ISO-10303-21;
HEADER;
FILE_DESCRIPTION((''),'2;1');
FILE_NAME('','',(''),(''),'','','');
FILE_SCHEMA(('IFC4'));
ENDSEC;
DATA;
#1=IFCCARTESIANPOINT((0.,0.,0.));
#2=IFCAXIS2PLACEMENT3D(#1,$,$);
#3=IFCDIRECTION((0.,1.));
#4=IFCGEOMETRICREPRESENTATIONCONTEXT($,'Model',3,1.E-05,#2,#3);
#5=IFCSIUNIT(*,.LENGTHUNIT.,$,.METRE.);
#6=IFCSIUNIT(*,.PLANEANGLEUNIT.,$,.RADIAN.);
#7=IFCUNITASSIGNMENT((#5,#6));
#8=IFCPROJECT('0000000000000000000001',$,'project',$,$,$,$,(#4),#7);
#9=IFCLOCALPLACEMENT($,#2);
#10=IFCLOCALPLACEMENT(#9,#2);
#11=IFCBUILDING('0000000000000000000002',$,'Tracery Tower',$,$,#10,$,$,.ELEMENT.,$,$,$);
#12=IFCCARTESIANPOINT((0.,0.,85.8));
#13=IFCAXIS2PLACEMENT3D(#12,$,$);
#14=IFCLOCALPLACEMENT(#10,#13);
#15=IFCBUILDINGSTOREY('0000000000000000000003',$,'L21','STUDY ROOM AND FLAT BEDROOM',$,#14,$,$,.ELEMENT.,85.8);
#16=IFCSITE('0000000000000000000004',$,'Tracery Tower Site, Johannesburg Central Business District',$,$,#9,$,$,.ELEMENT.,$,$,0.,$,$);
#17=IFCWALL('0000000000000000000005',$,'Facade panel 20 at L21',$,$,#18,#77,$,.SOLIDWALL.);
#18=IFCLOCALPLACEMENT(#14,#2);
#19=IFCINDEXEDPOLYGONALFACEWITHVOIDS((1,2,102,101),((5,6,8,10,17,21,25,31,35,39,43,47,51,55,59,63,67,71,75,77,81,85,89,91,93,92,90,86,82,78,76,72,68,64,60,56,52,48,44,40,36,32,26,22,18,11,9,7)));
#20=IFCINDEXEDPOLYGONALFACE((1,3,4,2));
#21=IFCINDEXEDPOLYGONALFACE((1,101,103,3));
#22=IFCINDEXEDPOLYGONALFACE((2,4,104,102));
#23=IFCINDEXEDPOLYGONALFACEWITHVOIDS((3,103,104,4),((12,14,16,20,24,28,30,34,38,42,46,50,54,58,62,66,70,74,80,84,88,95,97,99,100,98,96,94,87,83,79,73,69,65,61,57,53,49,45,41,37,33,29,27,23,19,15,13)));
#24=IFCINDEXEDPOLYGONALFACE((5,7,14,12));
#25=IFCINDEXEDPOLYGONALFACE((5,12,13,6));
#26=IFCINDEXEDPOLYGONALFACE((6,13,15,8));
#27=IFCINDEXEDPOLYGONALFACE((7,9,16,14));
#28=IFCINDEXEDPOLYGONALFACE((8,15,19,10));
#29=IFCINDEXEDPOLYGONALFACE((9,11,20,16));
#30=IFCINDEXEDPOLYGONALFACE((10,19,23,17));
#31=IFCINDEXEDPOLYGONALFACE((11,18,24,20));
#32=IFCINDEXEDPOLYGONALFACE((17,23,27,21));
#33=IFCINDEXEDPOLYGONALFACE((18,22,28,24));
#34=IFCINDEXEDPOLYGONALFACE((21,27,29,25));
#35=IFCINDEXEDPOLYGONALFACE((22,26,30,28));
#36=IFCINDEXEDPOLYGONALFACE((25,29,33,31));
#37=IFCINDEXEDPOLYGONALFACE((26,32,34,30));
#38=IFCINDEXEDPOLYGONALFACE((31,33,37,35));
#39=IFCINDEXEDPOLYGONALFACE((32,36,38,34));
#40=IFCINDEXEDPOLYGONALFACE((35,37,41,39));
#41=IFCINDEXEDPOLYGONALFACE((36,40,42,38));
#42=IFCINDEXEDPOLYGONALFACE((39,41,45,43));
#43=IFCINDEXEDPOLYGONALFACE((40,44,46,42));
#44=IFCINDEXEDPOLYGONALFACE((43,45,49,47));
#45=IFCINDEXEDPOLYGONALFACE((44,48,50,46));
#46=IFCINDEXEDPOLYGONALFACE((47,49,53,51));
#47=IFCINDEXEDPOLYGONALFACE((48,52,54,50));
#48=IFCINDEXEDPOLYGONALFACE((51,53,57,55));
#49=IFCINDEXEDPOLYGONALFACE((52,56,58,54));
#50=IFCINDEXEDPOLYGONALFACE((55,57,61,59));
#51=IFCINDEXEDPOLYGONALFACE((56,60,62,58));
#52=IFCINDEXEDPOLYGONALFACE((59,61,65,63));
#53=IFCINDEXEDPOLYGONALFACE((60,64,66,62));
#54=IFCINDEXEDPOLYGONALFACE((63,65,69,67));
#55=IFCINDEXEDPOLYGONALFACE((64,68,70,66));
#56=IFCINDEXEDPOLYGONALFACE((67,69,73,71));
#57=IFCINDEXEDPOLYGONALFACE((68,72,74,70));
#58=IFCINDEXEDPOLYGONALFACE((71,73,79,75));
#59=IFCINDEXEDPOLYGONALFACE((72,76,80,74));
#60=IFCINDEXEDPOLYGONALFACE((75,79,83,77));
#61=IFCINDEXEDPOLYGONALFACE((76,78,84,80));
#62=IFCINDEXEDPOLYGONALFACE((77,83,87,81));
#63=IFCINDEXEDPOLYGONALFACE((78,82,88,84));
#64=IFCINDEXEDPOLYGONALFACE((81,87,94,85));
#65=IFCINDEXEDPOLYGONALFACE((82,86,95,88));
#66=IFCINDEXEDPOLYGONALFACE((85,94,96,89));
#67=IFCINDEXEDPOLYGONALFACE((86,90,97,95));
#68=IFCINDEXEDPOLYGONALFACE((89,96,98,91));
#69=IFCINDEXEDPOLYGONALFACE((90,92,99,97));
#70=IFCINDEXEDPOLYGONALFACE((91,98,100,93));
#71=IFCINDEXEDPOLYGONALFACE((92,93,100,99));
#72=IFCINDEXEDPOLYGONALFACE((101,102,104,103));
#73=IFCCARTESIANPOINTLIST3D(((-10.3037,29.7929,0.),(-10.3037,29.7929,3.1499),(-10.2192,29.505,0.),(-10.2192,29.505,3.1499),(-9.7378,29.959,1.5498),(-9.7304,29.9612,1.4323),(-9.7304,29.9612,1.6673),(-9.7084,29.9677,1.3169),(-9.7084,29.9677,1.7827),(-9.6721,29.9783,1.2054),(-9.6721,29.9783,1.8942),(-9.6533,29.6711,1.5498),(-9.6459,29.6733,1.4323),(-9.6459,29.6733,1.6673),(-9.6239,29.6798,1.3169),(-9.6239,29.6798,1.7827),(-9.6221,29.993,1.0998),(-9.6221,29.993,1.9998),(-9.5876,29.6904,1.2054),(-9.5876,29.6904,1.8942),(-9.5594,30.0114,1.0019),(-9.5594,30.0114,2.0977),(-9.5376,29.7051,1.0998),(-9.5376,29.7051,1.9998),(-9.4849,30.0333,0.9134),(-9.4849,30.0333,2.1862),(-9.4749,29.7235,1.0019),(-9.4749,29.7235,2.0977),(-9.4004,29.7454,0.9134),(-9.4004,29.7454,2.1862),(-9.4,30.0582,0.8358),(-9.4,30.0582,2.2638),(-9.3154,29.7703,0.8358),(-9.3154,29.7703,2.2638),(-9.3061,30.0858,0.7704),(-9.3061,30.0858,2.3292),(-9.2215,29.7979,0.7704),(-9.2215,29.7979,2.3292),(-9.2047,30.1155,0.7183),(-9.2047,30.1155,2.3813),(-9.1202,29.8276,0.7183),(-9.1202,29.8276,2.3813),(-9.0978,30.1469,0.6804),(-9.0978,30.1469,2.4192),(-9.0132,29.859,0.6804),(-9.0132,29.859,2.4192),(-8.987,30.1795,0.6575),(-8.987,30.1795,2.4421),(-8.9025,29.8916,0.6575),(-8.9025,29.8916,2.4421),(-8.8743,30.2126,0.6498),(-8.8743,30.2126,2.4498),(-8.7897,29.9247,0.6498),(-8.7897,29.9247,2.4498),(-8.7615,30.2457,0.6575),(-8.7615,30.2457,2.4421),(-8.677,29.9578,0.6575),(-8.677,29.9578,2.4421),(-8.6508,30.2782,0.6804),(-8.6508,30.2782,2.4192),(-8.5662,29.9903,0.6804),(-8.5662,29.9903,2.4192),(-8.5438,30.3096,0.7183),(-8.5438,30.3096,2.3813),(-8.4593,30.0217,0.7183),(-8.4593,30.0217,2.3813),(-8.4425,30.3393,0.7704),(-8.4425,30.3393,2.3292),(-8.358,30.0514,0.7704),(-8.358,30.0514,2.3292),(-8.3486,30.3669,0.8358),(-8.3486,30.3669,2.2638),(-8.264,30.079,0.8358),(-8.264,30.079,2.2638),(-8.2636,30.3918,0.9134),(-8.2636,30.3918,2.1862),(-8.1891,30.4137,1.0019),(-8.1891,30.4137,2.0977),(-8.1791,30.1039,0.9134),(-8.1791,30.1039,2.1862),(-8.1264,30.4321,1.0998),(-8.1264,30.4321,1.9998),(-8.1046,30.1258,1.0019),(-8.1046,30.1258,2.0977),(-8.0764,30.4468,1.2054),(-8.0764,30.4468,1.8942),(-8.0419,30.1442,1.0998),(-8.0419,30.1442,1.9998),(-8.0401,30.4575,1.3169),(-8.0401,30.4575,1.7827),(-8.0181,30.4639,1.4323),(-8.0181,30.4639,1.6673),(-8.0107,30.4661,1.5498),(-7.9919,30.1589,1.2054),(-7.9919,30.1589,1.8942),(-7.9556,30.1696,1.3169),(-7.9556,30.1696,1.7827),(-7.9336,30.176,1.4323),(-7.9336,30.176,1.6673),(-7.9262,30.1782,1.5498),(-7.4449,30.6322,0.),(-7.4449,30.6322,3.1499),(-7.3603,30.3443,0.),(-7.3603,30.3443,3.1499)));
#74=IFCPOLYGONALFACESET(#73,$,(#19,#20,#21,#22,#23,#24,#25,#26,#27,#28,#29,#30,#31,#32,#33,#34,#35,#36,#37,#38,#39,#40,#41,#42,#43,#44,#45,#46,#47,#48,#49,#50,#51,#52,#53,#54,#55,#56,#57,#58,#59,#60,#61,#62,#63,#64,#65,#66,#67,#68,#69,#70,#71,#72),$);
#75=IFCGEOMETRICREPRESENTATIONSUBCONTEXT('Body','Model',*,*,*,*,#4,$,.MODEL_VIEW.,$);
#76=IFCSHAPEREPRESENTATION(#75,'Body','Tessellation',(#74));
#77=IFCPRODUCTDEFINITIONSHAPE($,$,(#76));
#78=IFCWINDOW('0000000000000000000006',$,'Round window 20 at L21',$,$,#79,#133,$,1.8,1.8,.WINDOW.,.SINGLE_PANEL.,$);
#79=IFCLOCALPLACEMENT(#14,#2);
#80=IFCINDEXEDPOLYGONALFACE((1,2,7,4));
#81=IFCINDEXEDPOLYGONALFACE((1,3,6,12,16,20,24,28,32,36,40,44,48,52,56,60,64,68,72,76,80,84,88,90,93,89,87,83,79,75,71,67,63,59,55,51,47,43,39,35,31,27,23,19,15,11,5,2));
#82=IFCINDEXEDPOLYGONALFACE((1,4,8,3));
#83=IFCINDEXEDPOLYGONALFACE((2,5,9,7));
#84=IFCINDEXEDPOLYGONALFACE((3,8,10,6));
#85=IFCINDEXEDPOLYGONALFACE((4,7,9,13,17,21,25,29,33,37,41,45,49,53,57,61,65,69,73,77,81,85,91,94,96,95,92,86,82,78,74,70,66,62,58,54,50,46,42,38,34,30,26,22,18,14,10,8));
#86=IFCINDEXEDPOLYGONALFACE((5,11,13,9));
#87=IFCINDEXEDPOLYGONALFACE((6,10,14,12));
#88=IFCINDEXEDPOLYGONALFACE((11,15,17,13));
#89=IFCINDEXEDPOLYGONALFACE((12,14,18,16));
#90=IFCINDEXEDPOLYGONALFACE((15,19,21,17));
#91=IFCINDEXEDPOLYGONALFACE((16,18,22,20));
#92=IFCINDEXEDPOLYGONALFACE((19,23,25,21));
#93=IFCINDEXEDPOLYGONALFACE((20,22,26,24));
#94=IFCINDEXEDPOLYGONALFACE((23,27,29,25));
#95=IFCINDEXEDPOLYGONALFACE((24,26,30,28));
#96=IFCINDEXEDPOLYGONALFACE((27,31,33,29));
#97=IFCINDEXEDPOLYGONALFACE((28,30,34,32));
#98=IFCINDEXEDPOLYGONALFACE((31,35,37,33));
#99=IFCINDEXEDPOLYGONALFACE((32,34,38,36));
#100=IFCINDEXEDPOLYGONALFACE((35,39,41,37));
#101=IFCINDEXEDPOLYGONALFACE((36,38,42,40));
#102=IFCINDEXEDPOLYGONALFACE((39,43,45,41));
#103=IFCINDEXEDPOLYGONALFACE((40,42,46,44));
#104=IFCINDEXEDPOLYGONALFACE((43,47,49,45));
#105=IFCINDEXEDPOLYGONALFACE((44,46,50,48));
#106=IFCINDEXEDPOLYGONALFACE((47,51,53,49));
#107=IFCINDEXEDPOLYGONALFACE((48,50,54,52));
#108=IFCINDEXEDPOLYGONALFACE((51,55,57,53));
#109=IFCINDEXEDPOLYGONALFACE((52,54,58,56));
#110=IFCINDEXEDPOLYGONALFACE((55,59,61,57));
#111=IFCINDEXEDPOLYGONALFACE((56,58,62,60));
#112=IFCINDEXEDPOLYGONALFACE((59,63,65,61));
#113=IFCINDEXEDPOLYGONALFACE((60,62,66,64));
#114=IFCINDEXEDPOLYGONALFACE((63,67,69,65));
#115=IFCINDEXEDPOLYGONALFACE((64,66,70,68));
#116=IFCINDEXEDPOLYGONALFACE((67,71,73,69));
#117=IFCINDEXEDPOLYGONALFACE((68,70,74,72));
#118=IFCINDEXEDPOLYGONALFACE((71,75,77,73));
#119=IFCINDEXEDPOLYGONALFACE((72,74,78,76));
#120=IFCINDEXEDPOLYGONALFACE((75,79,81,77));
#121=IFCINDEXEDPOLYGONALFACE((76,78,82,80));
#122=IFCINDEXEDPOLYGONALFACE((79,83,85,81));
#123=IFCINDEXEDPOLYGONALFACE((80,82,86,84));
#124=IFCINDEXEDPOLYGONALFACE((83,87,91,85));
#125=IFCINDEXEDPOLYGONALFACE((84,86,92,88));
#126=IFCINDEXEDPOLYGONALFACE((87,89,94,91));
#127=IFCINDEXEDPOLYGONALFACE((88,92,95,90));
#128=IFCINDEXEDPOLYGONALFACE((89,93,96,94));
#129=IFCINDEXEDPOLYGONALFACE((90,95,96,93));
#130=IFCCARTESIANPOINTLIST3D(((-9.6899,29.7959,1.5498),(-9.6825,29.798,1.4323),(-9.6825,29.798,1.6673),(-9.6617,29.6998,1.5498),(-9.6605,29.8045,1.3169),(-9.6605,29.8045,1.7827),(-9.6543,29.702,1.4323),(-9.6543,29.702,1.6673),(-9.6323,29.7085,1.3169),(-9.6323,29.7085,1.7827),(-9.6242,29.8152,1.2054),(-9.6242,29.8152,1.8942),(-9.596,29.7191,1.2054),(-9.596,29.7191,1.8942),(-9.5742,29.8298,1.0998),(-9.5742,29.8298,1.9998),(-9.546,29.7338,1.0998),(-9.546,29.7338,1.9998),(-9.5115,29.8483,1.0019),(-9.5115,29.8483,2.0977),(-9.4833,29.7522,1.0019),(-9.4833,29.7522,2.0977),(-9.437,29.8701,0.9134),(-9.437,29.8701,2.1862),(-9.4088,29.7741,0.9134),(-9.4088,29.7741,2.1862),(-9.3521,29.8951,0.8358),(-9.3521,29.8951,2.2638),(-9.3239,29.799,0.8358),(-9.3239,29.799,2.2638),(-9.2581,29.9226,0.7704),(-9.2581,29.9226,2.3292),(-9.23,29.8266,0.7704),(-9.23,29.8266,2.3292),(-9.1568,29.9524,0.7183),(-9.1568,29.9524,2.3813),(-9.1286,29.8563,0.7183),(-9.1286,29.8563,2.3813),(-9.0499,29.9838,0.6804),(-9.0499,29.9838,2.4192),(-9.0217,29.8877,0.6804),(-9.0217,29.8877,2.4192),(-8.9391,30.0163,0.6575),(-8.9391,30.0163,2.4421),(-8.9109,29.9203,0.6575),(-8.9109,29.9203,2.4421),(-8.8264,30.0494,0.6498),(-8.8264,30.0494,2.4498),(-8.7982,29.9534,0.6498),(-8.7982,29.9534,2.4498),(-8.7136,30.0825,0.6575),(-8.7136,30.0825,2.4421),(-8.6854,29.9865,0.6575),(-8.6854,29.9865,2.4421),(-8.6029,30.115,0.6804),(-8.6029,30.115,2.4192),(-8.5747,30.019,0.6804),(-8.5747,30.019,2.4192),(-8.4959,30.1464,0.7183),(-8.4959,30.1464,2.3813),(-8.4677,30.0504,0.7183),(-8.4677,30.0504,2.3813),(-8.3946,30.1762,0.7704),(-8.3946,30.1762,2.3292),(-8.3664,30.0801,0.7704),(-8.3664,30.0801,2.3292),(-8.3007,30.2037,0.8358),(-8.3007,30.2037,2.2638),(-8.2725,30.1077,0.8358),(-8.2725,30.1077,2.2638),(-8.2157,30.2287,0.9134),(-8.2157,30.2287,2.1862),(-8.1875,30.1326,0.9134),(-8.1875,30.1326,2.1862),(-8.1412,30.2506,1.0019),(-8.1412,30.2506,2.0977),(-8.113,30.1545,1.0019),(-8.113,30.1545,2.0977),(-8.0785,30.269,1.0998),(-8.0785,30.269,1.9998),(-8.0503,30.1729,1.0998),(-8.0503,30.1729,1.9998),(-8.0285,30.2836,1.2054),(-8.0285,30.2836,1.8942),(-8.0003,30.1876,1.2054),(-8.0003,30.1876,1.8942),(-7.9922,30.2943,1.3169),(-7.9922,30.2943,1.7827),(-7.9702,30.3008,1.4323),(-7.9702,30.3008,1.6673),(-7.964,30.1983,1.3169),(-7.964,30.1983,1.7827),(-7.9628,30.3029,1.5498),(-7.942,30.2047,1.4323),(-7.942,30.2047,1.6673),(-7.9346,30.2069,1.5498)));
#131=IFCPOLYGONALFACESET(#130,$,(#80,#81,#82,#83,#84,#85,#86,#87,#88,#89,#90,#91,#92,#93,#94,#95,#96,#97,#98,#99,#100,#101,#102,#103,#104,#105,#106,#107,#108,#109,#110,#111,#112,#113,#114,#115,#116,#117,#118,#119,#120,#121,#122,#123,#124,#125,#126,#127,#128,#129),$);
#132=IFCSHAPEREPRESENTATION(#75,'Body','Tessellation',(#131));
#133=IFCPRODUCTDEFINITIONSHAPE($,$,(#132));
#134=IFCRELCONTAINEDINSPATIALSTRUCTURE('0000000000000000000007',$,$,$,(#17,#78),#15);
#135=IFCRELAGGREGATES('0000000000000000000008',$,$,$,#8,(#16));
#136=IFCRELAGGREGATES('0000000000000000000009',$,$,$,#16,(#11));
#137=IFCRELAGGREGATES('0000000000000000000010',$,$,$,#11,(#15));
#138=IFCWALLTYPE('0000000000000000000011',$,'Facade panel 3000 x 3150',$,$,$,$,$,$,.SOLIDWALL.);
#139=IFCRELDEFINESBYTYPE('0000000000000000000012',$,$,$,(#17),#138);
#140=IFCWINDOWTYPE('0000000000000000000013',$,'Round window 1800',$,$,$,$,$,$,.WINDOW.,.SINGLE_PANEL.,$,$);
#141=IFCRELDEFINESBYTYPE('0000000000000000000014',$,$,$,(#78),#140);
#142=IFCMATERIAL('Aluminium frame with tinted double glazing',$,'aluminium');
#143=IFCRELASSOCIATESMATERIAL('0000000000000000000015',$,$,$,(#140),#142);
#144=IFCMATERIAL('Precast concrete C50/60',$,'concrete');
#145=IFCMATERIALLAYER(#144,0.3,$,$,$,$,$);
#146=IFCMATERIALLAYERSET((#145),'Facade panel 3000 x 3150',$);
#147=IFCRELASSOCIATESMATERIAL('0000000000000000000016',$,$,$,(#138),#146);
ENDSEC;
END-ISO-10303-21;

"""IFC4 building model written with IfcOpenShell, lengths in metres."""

from ifc_helpers import new_model, si_unit, direction, frame, frame_2d, origin, origin_2d, place, context, subcontext, project, spatial, rectangle, circle, extrude, material, layer, layer_set, type_object, element, fill, save


model = new_model("IFC4")

# Units and contexts
model_context = context("Model", 3, precision=1e-05, world=origin(), true_north=direction((0.0, 1.0)))
body_context = subcontext(model_context, "Body", "Model", "MODEL_VIEW")
ifc_project = project(units=[si_unit("LENGTHUNIT", "METRE"), si_unit("PLANEANGLEUNIT", "RADIAN")], contexts=[model_context])

# Site, building, storey
site_placement = place(None, origin())
site = spatial("IfcSite", under=ifc_project, at=site_placement, Name="Tracery Tower Site, Johannesburg Central Business District", CompositionType="ELEMENT", RefElevation=0.0)
building_placement = place(site_placement, origin())
building = spatial("IfcBuilding", under=site, at=building_placement, Name="Tracery Tower", CompositionType="ELEMENT")
storey_placement = place(building_placement, frame((0.0, 0.0, 85.8)))
storey = spatial("IfcBuildingStorey", under=building, at=storey_placement, Name="L21", Description="STUDY ROOM AND FLAT BEDROOM", CompositionType="ELEMENT", Elevation=85.8)

# Wall, opening, window
ifc_material_1 = material(Name="Aluminium frame with tinted double glazing", Category="aluminium")
window_type = type_object("IfcWindowType", Name="Round window 1800", PartitioningType="SINGLE_PANEL", PredefinedType="WINDOW", material=ifc_material_1)
ifc_material_2 = material(Name="Precast concrete C50/60", Category="concrete")
ifc_layer_1 = layer(ifc_material_2, 0.3)
ifc_layer_set_1 = layer_set([ifc_layer_1], Name="Facade panel 3000 x 3150")
wall_type_1 = type_object("IfcWallType", Name="Facade panel 3000 x 3150", PredefinedType="SOLIDWALL", material=ifc_layer_set_1)
wall_1_placement = place(storey_placement, frame((-7.4026, 30.4883, 0.0), z_axis=(0.0, 0.0, 1.0), x_axis=(-0.959501, -0.281705, 0.0)))
wall_1 = element("IfcWall", 1, at=wall_1_placement, inside=storey, type_object=wall_type_1, Name="Facade panel 20 at L21", PredefinedType="SOLIDWALL", context=body_context, shape_type="SweptSolid", body=[
    extrude(rectangle(XDim=2.9795, YDim=0.3, at=frame_2d((1.4897, 0.0))), origin(), (0.0, 0.0, 1.0), 3.1499),
])
opening_1_placement = place(wall_1_placement, frame((1.4897, 0.0, 1.5498)))
opening_1 = element("IfcOpeningElement", 2, at=opening_1_placement, cuts=wall_1, PredefinedType="OPENING", context=body_context, shape_type="SweptSolid", body=[
    extrude(circle(Radius=0.9, at=origin_2d()), frame((0.0, 0.1599, 0.0), z_axis=(0.0, -1.0, 0.0), x_axis=(1.0, 0.0, 0.0)), (0.0, 0.0, 1.0), 0.3201),
])
window_1_placement = place(opening_1_placement, origin())
window_1 = element("IfcWindow", 3, at=window_1_placement, inside=storey, type_object=window_type, Name="Round window 20 at L21", OverallHeight=1.8, OverallWidth=1.8, PartitioningType="SINGLE_PANEL", PredefinedType="WINDOW", context=body_context, shape_type="SweptSolid", body=[
    extrude(circle(Radius=0.9, at=origin_2d()), frame((0.0, 0.1201, 0.0), z_axis=(0.0, -1.0, 0.0), x_axis=(1.0, 0.0, 0.0)), (0.0, 0.0, 1.0), 0.1001),
])
fill(opening_1, window_1)

save(model, "model.ifc")
